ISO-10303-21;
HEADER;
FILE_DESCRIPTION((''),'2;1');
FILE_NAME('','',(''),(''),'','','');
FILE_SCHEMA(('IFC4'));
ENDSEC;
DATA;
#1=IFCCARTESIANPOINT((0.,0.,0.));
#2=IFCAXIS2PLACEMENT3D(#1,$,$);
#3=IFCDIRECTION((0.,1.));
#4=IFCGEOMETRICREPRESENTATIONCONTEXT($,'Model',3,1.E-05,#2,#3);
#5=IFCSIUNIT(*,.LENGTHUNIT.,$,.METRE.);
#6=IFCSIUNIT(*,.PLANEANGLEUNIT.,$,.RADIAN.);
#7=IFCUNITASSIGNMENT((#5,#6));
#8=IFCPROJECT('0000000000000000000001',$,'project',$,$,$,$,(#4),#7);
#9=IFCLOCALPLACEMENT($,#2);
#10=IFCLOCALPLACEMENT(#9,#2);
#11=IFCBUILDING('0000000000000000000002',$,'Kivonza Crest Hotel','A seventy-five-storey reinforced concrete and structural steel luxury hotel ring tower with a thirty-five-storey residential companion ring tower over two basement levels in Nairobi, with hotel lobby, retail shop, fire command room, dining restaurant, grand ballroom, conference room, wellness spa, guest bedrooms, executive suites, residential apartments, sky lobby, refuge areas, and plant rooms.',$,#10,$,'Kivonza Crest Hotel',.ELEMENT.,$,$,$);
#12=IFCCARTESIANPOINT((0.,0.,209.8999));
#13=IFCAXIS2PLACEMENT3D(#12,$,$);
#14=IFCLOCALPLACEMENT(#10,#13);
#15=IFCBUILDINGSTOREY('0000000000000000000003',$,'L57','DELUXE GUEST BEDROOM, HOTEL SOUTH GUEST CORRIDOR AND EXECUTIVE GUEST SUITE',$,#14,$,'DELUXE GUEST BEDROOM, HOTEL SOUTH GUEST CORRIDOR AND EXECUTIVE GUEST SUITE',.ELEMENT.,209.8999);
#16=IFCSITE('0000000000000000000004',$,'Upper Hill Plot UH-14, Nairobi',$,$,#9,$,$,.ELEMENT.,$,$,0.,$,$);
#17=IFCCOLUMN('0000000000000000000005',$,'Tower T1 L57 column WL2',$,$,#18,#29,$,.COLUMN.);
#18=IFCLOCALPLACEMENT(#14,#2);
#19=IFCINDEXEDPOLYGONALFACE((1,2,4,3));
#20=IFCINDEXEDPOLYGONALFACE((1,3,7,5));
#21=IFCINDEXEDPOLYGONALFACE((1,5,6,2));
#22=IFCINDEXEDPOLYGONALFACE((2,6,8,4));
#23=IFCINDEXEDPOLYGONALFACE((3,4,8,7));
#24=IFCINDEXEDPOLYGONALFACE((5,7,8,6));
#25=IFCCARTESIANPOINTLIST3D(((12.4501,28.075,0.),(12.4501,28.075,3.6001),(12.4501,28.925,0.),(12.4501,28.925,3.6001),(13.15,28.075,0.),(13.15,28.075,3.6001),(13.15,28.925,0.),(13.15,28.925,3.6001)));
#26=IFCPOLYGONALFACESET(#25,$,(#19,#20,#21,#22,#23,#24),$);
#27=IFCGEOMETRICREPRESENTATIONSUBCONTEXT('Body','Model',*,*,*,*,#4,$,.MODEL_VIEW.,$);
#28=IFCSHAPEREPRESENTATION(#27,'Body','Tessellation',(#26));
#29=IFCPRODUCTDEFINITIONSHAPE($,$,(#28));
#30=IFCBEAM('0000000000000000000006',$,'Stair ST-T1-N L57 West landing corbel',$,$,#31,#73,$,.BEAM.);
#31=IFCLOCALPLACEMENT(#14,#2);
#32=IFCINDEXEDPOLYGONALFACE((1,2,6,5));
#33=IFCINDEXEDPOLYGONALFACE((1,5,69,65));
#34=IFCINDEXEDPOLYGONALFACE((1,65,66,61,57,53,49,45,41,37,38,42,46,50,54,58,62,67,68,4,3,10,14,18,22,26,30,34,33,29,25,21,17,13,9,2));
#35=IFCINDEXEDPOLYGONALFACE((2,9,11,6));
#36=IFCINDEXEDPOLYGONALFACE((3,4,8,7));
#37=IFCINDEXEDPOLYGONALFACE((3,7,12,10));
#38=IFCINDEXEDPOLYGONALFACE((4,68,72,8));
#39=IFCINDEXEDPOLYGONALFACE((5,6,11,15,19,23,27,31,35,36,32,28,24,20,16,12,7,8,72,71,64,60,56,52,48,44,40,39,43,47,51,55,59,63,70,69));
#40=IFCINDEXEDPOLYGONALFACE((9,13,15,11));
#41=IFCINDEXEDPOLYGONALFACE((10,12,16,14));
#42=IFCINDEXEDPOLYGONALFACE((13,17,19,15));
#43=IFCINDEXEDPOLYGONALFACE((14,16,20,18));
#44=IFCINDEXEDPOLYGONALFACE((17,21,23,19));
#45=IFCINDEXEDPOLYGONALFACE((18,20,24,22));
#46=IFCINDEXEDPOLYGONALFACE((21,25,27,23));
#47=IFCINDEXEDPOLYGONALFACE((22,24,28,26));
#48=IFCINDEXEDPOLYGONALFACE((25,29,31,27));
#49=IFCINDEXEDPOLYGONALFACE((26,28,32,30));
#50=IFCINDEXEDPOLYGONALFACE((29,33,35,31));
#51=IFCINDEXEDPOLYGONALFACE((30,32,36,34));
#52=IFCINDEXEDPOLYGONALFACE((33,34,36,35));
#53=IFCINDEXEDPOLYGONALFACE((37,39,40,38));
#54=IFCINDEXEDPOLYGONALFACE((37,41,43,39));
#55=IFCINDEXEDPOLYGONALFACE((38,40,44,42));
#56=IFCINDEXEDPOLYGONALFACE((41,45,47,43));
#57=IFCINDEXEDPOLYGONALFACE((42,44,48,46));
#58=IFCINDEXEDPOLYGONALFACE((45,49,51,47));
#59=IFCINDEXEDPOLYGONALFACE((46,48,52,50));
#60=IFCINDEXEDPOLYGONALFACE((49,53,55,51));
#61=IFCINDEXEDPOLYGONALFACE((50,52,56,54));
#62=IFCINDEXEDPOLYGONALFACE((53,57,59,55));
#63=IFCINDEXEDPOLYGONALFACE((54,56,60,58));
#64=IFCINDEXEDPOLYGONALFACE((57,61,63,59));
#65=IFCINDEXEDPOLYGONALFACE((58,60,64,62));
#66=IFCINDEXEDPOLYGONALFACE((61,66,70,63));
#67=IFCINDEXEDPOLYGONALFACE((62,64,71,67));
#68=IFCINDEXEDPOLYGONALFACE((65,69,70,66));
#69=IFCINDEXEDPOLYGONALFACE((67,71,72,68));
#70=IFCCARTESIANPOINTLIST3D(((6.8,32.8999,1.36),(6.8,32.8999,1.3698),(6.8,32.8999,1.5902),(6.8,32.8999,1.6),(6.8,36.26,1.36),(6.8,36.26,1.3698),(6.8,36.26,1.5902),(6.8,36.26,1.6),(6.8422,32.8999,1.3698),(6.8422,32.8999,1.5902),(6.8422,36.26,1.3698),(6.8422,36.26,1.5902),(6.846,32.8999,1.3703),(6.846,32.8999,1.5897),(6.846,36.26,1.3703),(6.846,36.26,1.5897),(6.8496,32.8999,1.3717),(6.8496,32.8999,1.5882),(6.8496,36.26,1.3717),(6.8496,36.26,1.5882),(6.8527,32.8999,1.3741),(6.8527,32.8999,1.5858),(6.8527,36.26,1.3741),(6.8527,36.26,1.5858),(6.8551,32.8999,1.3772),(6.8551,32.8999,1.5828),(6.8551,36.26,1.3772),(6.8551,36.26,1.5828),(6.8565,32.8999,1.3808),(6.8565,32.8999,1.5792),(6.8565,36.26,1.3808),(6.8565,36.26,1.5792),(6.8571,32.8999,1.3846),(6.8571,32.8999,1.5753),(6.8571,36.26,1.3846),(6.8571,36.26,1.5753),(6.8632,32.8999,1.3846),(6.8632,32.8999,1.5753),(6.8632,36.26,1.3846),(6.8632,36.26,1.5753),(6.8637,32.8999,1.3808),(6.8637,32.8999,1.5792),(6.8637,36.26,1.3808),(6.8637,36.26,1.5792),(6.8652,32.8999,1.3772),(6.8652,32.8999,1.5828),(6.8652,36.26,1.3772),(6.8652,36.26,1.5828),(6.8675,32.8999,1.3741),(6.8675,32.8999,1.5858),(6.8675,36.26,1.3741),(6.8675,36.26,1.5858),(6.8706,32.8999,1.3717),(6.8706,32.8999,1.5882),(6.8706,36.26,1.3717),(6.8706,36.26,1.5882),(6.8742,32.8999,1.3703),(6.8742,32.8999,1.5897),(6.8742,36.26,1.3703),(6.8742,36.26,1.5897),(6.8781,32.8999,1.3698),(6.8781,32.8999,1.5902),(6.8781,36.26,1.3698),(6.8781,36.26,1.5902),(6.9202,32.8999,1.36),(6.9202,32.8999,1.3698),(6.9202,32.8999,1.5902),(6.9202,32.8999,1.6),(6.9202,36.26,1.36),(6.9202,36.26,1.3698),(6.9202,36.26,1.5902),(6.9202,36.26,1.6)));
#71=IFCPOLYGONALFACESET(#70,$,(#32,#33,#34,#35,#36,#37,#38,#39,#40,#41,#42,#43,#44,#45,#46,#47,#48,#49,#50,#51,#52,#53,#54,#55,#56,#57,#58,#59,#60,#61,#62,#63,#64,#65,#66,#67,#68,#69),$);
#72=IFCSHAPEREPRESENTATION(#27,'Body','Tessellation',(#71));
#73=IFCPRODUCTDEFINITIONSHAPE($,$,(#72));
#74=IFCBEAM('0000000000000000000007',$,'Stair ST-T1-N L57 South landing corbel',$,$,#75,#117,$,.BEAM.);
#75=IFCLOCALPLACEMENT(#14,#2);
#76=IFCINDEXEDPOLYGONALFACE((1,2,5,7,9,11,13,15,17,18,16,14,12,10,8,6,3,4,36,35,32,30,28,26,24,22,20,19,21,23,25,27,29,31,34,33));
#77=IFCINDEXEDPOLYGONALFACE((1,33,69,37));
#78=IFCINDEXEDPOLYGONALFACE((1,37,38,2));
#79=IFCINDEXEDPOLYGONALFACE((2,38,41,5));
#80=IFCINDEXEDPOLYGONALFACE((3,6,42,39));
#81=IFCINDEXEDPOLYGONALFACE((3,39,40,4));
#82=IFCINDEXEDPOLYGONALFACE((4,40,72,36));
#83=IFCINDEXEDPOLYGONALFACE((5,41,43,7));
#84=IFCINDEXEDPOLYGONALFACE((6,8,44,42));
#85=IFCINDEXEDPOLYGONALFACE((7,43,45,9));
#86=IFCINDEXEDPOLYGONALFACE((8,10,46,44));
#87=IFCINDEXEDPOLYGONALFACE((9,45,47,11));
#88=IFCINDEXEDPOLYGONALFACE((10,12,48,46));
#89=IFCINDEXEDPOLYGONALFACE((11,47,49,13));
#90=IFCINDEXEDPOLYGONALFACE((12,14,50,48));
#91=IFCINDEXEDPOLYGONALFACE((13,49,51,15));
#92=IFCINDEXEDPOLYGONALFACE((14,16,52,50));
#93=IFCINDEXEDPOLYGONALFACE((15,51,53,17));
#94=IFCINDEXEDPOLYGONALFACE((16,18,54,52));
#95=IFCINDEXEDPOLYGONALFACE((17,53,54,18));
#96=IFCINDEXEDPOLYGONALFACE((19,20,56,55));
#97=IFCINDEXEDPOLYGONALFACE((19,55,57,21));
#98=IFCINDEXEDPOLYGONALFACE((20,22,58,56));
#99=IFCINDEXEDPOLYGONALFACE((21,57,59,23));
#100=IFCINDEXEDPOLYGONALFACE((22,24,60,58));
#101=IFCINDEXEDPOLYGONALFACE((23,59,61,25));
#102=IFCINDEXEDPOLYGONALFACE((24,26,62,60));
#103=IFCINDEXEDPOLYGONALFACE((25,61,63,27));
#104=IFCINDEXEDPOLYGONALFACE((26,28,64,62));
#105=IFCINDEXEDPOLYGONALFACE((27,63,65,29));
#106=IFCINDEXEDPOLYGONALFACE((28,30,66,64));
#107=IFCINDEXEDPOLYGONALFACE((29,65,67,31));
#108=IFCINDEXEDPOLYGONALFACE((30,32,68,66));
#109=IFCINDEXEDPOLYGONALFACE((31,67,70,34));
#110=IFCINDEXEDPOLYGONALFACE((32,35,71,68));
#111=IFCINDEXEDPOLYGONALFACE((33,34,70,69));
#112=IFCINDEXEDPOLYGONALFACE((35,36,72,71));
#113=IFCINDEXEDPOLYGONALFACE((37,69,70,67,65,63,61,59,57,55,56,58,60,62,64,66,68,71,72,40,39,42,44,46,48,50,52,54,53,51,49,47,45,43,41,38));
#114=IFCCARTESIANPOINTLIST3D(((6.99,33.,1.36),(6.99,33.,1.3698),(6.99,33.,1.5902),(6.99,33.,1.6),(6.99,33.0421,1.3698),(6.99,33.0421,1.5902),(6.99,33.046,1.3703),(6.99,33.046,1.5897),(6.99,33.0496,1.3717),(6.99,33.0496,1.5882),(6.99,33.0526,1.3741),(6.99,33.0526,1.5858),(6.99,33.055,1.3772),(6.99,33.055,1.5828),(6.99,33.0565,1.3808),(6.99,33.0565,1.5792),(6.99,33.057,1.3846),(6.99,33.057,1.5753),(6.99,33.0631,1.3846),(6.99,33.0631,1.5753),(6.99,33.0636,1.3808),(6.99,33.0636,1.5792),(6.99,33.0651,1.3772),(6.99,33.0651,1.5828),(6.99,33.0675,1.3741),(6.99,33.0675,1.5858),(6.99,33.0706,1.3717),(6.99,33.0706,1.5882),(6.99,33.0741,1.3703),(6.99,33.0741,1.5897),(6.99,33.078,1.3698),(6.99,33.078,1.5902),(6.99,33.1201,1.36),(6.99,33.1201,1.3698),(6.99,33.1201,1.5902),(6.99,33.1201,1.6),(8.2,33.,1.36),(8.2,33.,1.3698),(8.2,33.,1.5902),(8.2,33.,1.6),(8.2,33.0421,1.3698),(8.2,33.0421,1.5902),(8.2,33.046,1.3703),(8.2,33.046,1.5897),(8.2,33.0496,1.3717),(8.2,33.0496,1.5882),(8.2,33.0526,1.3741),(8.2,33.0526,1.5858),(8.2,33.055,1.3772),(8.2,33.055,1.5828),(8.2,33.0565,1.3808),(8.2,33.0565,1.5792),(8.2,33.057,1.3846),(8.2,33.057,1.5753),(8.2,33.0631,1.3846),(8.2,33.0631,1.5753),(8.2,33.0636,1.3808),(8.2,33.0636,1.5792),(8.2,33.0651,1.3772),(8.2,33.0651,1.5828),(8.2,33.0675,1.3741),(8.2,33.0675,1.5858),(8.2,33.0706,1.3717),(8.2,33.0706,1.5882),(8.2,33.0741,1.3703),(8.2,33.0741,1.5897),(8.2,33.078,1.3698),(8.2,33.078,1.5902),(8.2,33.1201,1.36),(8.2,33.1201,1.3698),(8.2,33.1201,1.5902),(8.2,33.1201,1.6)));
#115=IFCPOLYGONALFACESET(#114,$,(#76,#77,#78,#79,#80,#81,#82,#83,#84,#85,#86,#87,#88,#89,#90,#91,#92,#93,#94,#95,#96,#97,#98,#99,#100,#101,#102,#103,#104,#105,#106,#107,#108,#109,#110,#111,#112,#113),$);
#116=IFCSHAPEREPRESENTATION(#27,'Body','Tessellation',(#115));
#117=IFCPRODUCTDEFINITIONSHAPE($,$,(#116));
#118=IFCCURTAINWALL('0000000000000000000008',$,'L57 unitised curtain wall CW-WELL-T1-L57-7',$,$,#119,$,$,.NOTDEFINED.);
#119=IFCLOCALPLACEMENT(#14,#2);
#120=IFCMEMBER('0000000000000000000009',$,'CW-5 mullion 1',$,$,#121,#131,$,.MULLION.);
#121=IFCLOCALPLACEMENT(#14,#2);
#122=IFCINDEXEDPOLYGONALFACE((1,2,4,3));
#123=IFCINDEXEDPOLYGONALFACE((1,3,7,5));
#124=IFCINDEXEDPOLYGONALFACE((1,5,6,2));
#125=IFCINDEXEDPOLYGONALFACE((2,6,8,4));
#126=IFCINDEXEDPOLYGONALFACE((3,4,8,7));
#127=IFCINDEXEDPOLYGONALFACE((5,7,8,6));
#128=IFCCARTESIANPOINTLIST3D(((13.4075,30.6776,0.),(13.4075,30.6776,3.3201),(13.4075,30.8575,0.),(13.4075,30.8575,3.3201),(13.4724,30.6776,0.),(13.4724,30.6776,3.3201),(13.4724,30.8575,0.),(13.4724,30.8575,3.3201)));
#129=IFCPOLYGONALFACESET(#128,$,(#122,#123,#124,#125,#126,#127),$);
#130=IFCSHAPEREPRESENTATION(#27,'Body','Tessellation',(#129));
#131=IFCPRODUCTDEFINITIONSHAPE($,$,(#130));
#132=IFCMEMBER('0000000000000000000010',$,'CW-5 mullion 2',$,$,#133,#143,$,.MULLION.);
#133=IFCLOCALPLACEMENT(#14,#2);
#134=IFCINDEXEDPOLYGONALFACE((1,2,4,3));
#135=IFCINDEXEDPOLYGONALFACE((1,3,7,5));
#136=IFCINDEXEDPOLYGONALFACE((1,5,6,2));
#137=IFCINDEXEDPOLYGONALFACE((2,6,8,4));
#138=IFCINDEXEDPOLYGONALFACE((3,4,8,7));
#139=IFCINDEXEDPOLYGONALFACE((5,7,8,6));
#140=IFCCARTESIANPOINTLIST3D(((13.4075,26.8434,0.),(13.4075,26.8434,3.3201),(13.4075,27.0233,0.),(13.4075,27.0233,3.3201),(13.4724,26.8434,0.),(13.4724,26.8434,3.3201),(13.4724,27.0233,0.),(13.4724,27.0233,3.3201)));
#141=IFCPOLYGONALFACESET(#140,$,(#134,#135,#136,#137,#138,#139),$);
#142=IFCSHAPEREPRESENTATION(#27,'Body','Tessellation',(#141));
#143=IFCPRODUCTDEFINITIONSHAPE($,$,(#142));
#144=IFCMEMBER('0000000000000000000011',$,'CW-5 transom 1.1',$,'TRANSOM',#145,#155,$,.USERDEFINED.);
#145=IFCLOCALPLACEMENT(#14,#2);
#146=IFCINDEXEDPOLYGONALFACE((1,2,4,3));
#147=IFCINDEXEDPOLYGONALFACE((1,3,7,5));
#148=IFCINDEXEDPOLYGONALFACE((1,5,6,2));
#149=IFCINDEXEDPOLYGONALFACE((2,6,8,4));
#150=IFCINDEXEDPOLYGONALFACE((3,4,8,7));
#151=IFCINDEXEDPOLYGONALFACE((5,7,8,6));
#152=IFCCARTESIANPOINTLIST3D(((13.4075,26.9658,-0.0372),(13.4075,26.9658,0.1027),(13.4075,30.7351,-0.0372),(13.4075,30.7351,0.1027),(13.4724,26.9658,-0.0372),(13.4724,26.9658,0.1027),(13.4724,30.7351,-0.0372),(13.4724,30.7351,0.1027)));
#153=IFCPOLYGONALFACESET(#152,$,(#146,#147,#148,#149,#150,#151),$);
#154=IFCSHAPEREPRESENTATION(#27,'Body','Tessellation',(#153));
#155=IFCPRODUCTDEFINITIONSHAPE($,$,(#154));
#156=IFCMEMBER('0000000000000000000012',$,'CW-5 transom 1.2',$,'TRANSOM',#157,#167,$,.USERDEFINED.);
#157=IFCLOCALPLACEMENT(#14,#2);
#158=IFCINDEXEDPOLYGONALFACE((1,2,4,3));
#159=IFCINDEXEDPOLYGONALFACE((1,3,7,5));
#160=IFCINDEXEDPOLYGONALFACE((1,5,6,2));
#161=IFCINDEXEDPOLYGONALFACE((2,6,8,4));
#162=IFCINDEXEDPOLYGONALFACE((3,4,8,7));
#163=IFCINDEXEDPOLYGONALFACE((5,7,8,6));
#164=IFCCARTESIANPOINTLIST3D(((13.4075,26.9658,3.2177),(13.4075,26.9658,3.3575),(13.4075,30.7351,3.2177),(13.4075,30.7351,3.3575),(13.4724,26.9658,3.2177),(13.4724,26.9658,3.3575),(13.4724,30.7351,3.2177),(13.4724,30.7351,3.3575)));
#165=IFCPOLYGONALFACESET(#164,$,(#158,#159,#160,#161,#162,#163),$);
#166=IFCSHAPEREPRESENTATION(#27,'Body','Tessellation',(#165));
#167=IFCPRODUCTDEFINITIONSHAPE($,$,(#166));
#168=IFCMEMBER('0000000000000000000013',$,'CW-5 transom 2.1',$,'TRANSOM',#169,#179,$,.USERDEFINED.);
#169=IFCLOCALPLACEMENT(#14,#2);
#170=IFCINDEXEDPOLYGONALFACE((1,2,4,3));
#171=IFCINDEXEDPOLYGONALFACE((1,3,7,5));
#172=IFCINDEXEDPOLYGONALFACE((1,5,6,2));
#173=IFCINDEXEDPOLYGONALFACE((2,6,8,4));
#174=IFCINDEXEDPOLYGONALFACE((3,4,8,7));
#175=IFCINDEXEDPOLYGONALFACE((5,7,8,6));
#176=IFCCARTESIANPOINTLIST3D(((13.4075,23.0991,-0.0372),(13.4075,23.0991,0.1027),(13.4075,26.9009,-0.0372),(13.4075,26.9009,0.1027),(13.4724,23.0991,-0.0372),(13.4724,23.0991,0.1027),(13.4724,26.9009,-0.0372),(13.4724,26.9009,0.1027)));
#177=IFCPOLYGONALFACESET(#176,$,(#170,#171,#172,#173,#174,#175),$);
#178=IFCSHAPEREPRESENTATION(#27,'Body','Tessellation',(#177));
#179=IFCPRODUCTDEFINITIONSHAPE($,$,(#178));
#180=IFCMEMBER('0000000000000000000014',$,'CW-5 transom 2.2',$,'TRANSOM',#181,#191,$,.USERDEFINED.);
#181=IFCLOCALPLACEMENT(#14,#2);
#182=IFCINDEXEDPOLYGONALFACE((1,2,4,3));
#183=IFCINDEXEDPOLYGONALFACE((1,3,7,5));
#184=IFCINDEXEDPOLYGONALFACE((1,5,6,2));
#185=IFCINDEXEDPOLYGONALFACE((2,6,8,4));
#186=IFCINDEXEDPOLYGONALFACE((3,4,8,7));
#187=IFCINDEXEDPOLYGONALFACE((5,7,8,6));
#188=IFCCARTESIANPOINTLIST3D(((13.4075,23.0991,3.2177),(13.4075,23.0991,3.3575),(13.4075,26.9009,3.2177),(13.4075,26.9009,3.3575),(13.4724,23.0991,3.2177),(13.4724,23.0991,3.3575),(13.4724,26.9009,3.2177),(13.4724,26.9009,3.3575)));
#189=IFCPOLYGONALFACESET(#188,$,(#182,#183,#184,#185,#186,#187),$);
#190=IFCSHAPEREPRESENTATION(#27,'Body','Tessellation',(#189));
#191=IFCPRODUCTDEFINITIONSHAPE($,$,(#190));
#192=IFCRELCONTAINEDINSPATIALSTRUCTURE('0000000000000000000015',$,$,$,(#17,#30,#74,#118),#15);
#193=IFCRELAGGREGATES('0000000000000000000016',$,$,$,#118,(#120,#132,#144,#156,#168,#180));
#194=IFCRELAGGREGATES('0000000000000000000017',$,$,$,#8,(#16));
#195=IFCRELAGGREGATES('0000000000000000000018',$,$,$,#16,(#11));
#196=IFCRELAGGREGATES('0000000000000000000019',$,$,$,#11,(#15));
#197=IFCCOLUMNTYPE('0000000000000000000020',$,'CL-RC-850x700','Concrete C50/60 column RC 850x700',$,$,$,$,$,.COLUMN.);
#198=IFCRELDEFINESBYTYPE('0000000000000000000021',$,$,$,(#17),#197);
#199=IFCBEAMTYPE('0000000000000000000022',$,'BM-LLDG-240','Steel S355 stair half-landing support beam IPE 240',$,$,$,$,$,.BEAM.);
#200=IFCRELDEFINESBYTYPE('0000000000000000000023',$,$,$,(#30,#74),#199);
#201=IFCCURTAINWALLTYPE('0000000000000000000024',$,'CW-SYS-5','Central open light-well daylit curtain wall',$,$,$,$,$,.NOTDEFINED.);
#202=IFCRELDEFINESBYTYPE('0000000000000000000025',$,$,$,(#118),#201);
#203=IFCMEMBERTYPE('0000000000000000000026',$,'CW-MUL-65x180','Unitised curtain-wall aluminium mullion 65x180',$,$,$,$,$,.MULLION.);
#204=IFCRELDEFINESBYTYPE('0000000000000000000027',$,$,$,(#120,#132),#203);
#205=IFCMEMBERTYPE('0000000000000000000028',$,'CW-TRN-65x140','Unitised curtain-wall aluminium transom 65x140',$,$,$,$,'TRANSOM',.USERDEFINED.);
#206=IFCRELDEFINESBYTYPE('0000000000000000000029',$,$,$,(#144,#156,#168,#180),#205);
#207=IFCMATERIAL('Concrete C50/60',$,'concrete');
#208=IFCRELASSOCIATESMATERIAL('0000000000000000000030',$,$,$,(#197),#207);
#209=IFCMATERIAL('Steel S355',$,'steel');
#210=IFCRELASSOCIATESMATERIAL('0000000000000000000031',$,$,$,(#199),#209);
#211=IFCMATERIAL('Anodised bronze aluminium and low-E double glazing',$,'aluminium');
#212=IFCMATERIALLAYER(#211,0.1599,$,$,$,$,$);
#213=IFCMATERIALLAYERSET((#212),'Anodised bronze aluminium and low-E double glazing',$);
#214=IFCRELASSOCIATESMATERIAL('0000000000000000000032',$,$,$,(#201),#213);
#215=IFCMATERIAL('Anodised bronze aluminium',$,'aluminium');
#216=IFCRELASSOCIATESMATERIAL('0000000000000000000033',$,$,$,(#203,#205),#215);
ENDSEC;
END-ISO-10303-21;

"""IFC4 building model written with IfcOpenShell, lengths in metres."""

from ifc_helpers import new_model, si_unit, direction, frame, origin, origin_2d, place, context, subcontext, project, spatial, rectangle, i_section, extrude, material, layer, layer_set, material_profile, profile_set, type_object, element, aggregate, save


model = new_model("IFC4")

# Units and contexts
model_context = context("Model", 3, precision=1e-05, world=origin(), true_north=direction((0.0, 1.0)))
body_context = subcontext(model_context, "Body", "Model", "MODEL_VIEW")
ifc_project = project(units=[si_unit("LENGTHUNIT", "METRE"), si_unit("PLANEANGLEUNIT", "RADIAN")], contexts=[model_context])

# Site, building, storey
site_placement = place(None, origin())
site = spatial("IfcSite", under=ifc_project, at=site_placement, Name="Upper Hill Plot UH-14, Nairobi", CompositionType="ELEMENT", RefElevation=0.0)
building_placement = place(site_placement, origin())
building = spatial("IfcBuilding", under=site, at=building_placement, Name="Kivonza Crest Hotel", Description="A seventy-five-storey reinforced concrete and structural steel luxury hotel ring tower with a thirty-five-storey residential companion ring tower over two basement levels in Nairobi, with hotel lobby, retail shop, fire command room, dining restaurant, grand ballroom, conference room, wellness spa, guest bedrooms, executive suites, residential apartments, sky lobby, refuge areas, and plant rooms.", LongName="Kivonza Crest Hotel", CompositionType="ELEMENT")
storey_placement = place(building_placement, frame((0.0, 0.0, 209.8999)))
storey = spatial("IfcBuildingStorey", under=building, at=storey_placement, Name="L57", Description="DELUXE GUEST BEDROOM, HOTEL SOUTH GUEST CORRIDOR AND EXECUTIVE GUEST SUITE", LongName="DELUXE GUEST BEDROOM, HOTEL SOUTH GUEST CORRIDOR AND EXECUTIVE GUEST SUITE", CompositionType="ELEMENT", Elevation=209.8999)

# Column
ifc_material_1 = material(Name="Concrete C50/60", Category="concrete")
ifc_material_profile_1 = material_profile(ifc_material_1, rectangle(XDim=0.7, YDim=0.8501, at=origin_2d()), Name="RC 850x700")
ifc_profile_set_1 = profile_set([ifc_material_profile_1], Name="Concrete C50/60")
column_type = type_object("IfcColumnType", Name="CL-RC-850x700", Description="Concrete C50/60 column RC 850x700", PredefinedType="COLUMN", material=ifc_profile_set_1)
column_placement = place(storey_placement, frame((12.8, 28.5, 0.0), z_axis=(0.0, 0.0, 1.0), x_axis=(1.0, 0.0, 0.0)))
element("IfcColumn", 1, at=column_placement, inside=storey, type_object=column_type, Name="Tower T1 L57 column WL2", PredefinedType="COLUMN", context=body_context, shape_type="SweptSolid", body=[
    extrude(rectangle(XDim=0.7, YDim=0.8501, at=origin_2d()), origin(), (0.0, 0.0, 1.0), 3.6001),
])

# Beams
ifc_material_2 = material(Name="Steel S355", Category="steel")
ifc_material_profile_2 = material_profile(ifc_material_2, i_section(OverallWidth=0.1201, OverallDepth=0.24, WebThickness=0.0061, FlangeThickness=0.0098, FilletRadius=0.0149, at=origin_2d()), Name="IPE 240")
ifc_profile_set_2 = profile_set([ifc_material_profile_2], Name="Steel S355")
beam_type = type_object("IfcBeamType", Name="BM-LLDG-240", Description="Steel S355 stair half-landing support beam IPE 240", PredefinedType="BEAM", material=ifc_profile_set_2)
beam_1_placement = place(storey_placement, frame((6.8601, 32.8999, 1.48), z_axis=(0.0, 1.0, 0.0), x_axis=(-1.0, 0.0, 0.0)))
element("IfcBeam", 2, at=beam_1_placement, inside=storey, type_object=beam_type, Name="Stair ST-T1-N L57 West landing corbel", PredefinedType="BEAM", context=body_context, shape_type="SweptSolid", body=[
    extrude(i_section(OverallWidth=0.1201, OverallDepth=0.24, WebThickness=0.0061, FlangeThickness=0.0098, FilletRadius=0.0149, at=origin_2d()), origin(), (0.0, 0.0, 1.0), 3.3601),
])
beam_2_placement = place(storey_placement, frame((6.99, 33.0601, 1.48), z_axis=(1.0, 0.0, 0.0), x_axis=(0.0, 1.0, 0.0)))
element("IfcBeam", 3, at=beam_2_placement, inside=storey, type_object=beam_type, Name="Stair ST-T1-N L57 South landing corbel", PredefinedType="BEAM", context=body_context, shape_type="SweptSolid", body=[
    extrude(i_section(OverallWidth=0.1201, OverallDepth=0.24, WebThickness=0.0061, FlangeThickness=0.0098, FilletRadius=0.0149, at=origin_2d()), origin(), (0.0, 0.0, 1.0), 1.21),
])

# Curtain wall, members
ifc_material_3 = material(Name="Anodised bronze aluminium and low-E double glazing", Category="aluminium")
ifc_layer_1 = layer(ifc_material_3, 0.1599)
ifc_layer_set_1 = layer_set([ifc_layer_1], Name="Anodised bronze aluminium and low-E double glazing")
curtain_wall_type = type_object("IfcCurtainWallType", Name="CW-SYS-5", Description="Central open light-well daylit curtain wall", PredefinedType="NOTDEFINED", material=ifc_layer_set_1)
curtain_wall_placement = place(storey_placement, origin())
curtain_wall = element("IfcCurtainWall", 4, at=curtain_wall_placement, inside=storey, type_object=curtain_wall_type, Name="L57 unitised curtain wall CW-WELL-T1-L57-7", PredefinedType="NOTDEFINED")
ifc_material_4 = material(Name="Anodised bronze aluminium", Category="aluminium")
ifc_material_profile_3 = material_profile(ifc_material_4, rectangle(XDim=0.0649, YDim=0.1799, at=origin_2d()), Name="CW-M 65x180")
ifc_profile_set_3 = profile_set([ifc_material_profile_3], Name="Anodised bronze aluminium")
member_type_1 = type_object("IfcMemberType", Name="CW-MUL-65x180", Description="Unitised curtain-wall aluminium mullion 65x180", PredefinedType="MULLION", material=ifc_profile_set_3)
member_1_placement = place(storey_placement, frame((13.4399, 30.7676, 0.0), z_axis=(0.0, 0.0, 1.0), x_axis=(1.0, 0.0, 0.0)))
member_1 = element("IfcMember", 5, at=member_1_placement, type_object=member_type_1, Name="CW-5 mullion 1", PredefinedType="MULLION", context=body_context, shape_type="SweptSolid", body=[
    extrude(rectangle(XDim=0.0649, YDim=0.1799, at=origin_2d()), origin(), (0.0, 0.0, 1.0), 3.3201),
])
member_2_placement = place(storey_placement, frame((13.4399, 26.9333, 0.0), z_axis=(0.0, 0.0, 1.0), x_axis=(1.0, 0.0, 0.0)))
member_2 = element("IfcMember", 6, at=member_2_placement, type_object=member_type_1, Name="CW-5 mullion 2", PredefinedType="MULLION", context=body_context, shape_type="SweptSolid", body=[
    extrude(rectangle(XDim=0.0649, YDim=0.1799, at=origin_2d()), origin(), (0.0, 0.0, 1.0), 3.3201),
])
ifc_material_profile_4 = material_profile(ifc_material_4, rectangle(XDim=0.0649, YDim=0.1399, at=origin_2d()), Name="CW-T 65x140")
ifc_profile_set_4 = profile_set([ifc_material_profile_4], Name="Anodised bronze aluminium")
member_type_2 = type_object("IfcMemberType", Name="CW-TRN-65x140", Description="Unitised curtain-wall aluminium transom 65x140", ElementType="TRANSOM", PredefinedType="USERDEFINED", material=ifc_profile_set_4)
member_3_placement = place(storey_placement, frame((13.4399, 30.7351, 0.0327), z_axis=(0.0, -1.0, 0.0), x_axis=(1.0, 0.0, 0.0)))
member_3 = element("IfcMember", 7, at=member_3_placement, type_object=member_type_2, Name="CW-5 transom 1.1", ObjectType="TRANSOM", PredefinedType="USERDEFINED", context=body_context, shape_type="SweptSolid", body=[
    extrude(rectangle(XDim=0.0649, YDim=0.1399, at=origin_2d()), origin(), (0.0, 0.0, 1.0), 3.7693),
])
member_4_placement = place(storey_placement, frame((13.4399, 30.7351, 3.2876), z_axis=(0.0, -1.0, 0.0), x_axis=(1.0, 0.0, 0.0)))
member_4 = element("IfcMember", 8, at=member_4_placement, type_object=member_type_2, Name="CW-5 transom 1.2", ObjectType="TRANSOM", PredefinedType="USERDEFINED", context=body_context, shape_type="SweptSolid", body=[
    extrude(rectangle(XDim=0.0649, YDim=0.1399, at=origin_2d()), origin(), (0.0, 0.0, 1.0), 3.7693),
])
member_5_placement = place(storey_placement, frame((13.4399, 26.9009, 0.0327), z_axis=(0.0, -1.0, 0.0), x_axis=(1.0, 0.0, 0.0)))
member_5 = element("IfcMember", 9, at=member_5_placement, type_object=member_type_2, Name="CW-5 transom 2.1", ObjectType="TRANSOM", PredefinedType="USERDEFINED", context=body_context, shape_type="SweptSolid", body=[
    extrude(rectangle(XDim=0.0649, YDim=0.1399, at=origin_2d()), origin(), (0.0, 0.0, 1.0), 3.8018),
])
member_6_placement = place(storey_placement, frame((13.4399, 26.9009, 3.2876), z_axis=(0.0, -1.0, 0.0), x_axis=(1.0, 0.0, 0.0)))
member_6 = element("IfcMember", 10, at=member_6_placement, type_object=member_type_2, Name="CW-5 transom 2.2", ObjectType="TRANSOM", PredefinedType="USERDEFINED", context=body_context, shape_type="SweptSolid", body=[
    extrude(rectangle(XDim=0.0649, YDim=0.1399, at=origin_2d()), origin(), (0.0, 0.0, 1.0), 3.8018),
])
aggregate(curtain_wall, [member_1, member_2, member_3, member_4, member_5, member_6])

save(model, "model.ifc")
